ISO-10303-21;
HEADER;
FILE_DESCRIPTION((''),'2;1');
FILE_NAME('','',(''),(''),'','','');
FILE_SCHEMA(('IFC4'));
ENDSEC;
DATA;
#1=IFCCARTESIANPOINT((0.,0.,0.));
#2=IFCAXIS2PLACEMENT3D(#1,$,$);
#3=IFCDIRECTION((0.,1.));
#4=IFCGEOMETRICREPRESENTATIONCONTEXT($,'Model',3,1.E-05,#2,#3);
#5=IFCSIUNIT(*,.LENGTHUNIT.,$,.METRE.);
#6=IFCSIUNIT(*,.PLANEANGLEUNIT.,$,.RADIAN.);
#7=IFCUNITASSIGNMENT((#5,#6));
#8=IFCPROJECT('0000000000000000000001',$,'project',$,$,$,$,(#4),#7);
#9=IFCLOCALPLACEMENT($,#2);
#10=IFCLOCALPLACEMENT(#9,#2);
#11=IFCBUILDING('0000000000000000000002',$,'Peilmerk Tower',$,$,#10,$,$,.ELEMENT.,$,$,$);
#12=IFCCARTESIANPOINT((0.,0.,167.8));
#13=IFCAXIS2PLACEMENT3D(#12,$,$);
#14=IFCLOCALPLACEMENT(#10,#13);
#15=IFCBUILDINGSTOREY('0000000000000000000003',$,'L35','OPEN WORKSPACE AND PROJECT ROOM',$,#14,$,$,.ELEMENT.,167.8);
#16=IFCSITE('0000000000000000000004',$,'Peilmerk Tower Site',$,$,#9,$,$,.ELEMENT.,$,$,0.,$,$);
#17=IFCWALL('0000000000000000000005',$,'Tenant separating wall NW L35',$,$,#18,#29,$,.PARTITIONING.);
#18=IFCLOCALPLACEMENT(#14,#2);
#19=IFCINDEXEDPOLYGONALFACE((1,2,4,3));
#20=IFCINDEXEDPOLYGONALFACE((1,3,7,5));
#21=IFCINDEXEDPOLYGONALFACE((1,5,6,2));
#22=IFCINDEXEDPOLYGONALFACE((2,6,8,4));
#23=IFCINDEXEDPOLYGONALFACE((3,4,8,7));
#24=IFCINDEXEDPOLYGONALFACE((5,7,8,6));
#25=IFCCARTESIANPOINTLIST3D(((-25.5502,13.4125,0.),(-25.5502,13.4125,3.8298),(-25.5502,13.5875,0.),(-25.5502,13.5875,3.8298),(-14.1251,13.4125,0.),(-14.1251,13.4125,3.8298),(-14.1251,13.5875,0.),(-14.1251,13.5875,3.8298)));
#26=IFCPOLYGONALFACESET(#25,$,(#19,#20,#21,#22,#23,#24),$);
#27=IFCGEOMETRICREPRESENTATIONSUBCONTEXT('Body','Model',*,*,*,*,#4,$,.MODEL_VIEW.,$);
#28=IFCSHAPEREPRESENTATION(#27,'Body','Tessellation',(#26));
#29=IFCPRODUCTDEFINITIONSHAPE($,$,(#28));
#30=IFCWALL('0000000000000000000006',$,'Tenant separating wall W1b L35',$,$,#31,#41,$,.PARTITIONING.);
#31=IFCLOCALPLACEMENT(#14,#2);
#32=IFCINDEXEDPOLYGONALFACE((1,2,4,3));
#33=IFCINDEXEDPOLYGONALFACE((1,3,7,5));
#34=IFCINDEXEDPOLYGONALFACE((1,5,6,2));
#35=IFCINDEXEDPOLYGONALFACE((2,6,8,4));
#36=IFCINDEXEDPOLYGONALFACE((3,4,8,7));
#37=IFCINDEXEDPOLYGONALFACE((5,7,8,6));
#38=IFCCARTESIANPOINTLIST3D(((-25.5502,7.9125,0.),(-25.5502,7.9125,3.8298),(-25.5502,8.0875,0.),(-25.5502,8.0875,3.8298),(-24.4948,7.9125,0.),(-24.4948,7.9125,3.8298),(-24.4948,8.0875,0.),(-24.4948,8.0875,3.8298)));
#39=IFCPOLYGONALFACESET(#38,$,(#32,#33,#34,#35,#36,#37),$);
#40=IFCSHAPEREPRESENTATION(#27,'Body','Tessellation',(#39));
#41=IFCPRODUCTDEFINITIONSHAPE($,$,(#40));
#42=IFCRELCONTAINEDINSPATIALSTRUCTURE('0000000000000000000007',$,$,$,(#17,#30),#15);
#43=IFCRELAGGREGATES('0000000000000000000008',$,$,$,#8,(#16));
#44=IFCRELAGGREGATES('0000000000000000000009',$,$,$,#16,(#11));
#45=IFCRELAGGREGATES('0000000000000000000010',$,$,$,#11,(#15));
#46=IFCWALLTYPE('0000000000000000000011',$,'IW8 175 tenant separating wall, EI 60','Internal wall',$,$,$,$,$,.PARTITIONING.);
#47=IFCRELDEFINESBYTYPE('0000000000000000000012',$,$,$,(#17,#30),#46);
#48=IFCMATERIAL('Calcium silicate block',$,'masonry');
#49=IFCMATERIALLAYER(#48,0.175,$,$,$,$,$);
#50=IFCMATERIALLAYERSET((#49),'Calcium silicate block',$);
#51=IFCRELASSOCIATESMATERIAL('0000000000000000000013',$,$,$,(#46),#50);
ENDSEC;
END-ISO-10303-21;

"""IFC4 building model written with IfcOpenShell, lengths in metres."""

from ifc_helpers import new_model, si_unit, direction, frame, frame_2d, origin, place, context, subcontext, project, spatial, rectangle, extrude, material, layer, layer_set, type_object, element, save


model = new_model("IFC4")

# Units and contexts
model_context = context("Model", 3, precision=1e-05, world=origin(), true_north=direction((0.0, 1.0)))
body_context = subcontext(model_context, "Body", "Model", "MODEL_VIEW")
ifc_project = project(units=[si_unit("LENGTHUNIT", "METRE"), si_unit("PLANEANGLEUNIT", "RADIAN")], contexts=[model_context])

# Site, building, storey
site_placement = place(None, origin())
site = spatial("IfcSite", under=ifc_project, at=site_placement, Name="Peilmerk Tower Site", CompositionType="ELEMENT", RefElevation=0.0)
building_placement = place(site_placement, origin())
building = spatial("IfcBuilding", under=site, at=building_placement, Name="Peilmerk Tower", CompositionType="ELEMENT")
storey_placement = place(building_placement, frame((0.0, 0.0, 167.8)))
storey = spatial("IfcBuildingStorey", under=building, at=storey_placement, Name="L35", Description="OPEN WORKSPACE AND PROJECT ROOM", CompositionType="ELEMENT", Elevation=167.8)

# Walls
ifc_material_1 = material(Name="Calcium silicate block", Category="masonry")
ifc_layer_1 = layer(ifc_material_1, 0.175)
ifc_layer_set_1 = layer_set([ifc_layer_1], Name="Calcium silicate block")
wall_type_1 = type_object("IfcWallType", Name="IW8 175 tenant separating wall, EI 60", Description="Internal wall", PredefinedType="PARTITIONING", material=ifc_layer_set_1)
wall_1_placement = place(storey_placement, frame((-25.55, 13.5, 0.0), z_axis=(0.0, 0.0, 1.0), x_axis=(1.0, 0.0, 0.0)))
element("IfcWall", 1, at=wall_1_placement, inside=storey, type_object=wall_type_1, Name="Tenant separating wall NW L35", PredefinedType="PARTITIONING", context=body_context, shape_type="SweptSolid", body=[
    extrude(rectangle(XDim=11.425, YDim=0.175, at=frame_2d((5.7124, 0.0))), origin(), (0.0, 0.0, 1.0), 3.8298),
])
wall_2_placement = place(storey_placement, frame((-24.4946, 8.0, 0.0), z_axis=(0.0, 0.0, 1.0), x_axis=(-1.0, 0.0, 0.0)))
element("IfcWall", 2, at=wall_2_placement, inside=storey, type_object=wall_type_1, Name="Tenant separating wall W1b L35", PredefinedType="PARTITIONING", context=body_context, shape_type="SweptSolid", body=[
    extrude(rectangle(XDim=1.0554, YDim=0.175, at=frame_2d((0.5278, 0.0))), origin(), (0.0, 0.0, 1.0), 3.8298),
])

save(model, "model.ifc")
